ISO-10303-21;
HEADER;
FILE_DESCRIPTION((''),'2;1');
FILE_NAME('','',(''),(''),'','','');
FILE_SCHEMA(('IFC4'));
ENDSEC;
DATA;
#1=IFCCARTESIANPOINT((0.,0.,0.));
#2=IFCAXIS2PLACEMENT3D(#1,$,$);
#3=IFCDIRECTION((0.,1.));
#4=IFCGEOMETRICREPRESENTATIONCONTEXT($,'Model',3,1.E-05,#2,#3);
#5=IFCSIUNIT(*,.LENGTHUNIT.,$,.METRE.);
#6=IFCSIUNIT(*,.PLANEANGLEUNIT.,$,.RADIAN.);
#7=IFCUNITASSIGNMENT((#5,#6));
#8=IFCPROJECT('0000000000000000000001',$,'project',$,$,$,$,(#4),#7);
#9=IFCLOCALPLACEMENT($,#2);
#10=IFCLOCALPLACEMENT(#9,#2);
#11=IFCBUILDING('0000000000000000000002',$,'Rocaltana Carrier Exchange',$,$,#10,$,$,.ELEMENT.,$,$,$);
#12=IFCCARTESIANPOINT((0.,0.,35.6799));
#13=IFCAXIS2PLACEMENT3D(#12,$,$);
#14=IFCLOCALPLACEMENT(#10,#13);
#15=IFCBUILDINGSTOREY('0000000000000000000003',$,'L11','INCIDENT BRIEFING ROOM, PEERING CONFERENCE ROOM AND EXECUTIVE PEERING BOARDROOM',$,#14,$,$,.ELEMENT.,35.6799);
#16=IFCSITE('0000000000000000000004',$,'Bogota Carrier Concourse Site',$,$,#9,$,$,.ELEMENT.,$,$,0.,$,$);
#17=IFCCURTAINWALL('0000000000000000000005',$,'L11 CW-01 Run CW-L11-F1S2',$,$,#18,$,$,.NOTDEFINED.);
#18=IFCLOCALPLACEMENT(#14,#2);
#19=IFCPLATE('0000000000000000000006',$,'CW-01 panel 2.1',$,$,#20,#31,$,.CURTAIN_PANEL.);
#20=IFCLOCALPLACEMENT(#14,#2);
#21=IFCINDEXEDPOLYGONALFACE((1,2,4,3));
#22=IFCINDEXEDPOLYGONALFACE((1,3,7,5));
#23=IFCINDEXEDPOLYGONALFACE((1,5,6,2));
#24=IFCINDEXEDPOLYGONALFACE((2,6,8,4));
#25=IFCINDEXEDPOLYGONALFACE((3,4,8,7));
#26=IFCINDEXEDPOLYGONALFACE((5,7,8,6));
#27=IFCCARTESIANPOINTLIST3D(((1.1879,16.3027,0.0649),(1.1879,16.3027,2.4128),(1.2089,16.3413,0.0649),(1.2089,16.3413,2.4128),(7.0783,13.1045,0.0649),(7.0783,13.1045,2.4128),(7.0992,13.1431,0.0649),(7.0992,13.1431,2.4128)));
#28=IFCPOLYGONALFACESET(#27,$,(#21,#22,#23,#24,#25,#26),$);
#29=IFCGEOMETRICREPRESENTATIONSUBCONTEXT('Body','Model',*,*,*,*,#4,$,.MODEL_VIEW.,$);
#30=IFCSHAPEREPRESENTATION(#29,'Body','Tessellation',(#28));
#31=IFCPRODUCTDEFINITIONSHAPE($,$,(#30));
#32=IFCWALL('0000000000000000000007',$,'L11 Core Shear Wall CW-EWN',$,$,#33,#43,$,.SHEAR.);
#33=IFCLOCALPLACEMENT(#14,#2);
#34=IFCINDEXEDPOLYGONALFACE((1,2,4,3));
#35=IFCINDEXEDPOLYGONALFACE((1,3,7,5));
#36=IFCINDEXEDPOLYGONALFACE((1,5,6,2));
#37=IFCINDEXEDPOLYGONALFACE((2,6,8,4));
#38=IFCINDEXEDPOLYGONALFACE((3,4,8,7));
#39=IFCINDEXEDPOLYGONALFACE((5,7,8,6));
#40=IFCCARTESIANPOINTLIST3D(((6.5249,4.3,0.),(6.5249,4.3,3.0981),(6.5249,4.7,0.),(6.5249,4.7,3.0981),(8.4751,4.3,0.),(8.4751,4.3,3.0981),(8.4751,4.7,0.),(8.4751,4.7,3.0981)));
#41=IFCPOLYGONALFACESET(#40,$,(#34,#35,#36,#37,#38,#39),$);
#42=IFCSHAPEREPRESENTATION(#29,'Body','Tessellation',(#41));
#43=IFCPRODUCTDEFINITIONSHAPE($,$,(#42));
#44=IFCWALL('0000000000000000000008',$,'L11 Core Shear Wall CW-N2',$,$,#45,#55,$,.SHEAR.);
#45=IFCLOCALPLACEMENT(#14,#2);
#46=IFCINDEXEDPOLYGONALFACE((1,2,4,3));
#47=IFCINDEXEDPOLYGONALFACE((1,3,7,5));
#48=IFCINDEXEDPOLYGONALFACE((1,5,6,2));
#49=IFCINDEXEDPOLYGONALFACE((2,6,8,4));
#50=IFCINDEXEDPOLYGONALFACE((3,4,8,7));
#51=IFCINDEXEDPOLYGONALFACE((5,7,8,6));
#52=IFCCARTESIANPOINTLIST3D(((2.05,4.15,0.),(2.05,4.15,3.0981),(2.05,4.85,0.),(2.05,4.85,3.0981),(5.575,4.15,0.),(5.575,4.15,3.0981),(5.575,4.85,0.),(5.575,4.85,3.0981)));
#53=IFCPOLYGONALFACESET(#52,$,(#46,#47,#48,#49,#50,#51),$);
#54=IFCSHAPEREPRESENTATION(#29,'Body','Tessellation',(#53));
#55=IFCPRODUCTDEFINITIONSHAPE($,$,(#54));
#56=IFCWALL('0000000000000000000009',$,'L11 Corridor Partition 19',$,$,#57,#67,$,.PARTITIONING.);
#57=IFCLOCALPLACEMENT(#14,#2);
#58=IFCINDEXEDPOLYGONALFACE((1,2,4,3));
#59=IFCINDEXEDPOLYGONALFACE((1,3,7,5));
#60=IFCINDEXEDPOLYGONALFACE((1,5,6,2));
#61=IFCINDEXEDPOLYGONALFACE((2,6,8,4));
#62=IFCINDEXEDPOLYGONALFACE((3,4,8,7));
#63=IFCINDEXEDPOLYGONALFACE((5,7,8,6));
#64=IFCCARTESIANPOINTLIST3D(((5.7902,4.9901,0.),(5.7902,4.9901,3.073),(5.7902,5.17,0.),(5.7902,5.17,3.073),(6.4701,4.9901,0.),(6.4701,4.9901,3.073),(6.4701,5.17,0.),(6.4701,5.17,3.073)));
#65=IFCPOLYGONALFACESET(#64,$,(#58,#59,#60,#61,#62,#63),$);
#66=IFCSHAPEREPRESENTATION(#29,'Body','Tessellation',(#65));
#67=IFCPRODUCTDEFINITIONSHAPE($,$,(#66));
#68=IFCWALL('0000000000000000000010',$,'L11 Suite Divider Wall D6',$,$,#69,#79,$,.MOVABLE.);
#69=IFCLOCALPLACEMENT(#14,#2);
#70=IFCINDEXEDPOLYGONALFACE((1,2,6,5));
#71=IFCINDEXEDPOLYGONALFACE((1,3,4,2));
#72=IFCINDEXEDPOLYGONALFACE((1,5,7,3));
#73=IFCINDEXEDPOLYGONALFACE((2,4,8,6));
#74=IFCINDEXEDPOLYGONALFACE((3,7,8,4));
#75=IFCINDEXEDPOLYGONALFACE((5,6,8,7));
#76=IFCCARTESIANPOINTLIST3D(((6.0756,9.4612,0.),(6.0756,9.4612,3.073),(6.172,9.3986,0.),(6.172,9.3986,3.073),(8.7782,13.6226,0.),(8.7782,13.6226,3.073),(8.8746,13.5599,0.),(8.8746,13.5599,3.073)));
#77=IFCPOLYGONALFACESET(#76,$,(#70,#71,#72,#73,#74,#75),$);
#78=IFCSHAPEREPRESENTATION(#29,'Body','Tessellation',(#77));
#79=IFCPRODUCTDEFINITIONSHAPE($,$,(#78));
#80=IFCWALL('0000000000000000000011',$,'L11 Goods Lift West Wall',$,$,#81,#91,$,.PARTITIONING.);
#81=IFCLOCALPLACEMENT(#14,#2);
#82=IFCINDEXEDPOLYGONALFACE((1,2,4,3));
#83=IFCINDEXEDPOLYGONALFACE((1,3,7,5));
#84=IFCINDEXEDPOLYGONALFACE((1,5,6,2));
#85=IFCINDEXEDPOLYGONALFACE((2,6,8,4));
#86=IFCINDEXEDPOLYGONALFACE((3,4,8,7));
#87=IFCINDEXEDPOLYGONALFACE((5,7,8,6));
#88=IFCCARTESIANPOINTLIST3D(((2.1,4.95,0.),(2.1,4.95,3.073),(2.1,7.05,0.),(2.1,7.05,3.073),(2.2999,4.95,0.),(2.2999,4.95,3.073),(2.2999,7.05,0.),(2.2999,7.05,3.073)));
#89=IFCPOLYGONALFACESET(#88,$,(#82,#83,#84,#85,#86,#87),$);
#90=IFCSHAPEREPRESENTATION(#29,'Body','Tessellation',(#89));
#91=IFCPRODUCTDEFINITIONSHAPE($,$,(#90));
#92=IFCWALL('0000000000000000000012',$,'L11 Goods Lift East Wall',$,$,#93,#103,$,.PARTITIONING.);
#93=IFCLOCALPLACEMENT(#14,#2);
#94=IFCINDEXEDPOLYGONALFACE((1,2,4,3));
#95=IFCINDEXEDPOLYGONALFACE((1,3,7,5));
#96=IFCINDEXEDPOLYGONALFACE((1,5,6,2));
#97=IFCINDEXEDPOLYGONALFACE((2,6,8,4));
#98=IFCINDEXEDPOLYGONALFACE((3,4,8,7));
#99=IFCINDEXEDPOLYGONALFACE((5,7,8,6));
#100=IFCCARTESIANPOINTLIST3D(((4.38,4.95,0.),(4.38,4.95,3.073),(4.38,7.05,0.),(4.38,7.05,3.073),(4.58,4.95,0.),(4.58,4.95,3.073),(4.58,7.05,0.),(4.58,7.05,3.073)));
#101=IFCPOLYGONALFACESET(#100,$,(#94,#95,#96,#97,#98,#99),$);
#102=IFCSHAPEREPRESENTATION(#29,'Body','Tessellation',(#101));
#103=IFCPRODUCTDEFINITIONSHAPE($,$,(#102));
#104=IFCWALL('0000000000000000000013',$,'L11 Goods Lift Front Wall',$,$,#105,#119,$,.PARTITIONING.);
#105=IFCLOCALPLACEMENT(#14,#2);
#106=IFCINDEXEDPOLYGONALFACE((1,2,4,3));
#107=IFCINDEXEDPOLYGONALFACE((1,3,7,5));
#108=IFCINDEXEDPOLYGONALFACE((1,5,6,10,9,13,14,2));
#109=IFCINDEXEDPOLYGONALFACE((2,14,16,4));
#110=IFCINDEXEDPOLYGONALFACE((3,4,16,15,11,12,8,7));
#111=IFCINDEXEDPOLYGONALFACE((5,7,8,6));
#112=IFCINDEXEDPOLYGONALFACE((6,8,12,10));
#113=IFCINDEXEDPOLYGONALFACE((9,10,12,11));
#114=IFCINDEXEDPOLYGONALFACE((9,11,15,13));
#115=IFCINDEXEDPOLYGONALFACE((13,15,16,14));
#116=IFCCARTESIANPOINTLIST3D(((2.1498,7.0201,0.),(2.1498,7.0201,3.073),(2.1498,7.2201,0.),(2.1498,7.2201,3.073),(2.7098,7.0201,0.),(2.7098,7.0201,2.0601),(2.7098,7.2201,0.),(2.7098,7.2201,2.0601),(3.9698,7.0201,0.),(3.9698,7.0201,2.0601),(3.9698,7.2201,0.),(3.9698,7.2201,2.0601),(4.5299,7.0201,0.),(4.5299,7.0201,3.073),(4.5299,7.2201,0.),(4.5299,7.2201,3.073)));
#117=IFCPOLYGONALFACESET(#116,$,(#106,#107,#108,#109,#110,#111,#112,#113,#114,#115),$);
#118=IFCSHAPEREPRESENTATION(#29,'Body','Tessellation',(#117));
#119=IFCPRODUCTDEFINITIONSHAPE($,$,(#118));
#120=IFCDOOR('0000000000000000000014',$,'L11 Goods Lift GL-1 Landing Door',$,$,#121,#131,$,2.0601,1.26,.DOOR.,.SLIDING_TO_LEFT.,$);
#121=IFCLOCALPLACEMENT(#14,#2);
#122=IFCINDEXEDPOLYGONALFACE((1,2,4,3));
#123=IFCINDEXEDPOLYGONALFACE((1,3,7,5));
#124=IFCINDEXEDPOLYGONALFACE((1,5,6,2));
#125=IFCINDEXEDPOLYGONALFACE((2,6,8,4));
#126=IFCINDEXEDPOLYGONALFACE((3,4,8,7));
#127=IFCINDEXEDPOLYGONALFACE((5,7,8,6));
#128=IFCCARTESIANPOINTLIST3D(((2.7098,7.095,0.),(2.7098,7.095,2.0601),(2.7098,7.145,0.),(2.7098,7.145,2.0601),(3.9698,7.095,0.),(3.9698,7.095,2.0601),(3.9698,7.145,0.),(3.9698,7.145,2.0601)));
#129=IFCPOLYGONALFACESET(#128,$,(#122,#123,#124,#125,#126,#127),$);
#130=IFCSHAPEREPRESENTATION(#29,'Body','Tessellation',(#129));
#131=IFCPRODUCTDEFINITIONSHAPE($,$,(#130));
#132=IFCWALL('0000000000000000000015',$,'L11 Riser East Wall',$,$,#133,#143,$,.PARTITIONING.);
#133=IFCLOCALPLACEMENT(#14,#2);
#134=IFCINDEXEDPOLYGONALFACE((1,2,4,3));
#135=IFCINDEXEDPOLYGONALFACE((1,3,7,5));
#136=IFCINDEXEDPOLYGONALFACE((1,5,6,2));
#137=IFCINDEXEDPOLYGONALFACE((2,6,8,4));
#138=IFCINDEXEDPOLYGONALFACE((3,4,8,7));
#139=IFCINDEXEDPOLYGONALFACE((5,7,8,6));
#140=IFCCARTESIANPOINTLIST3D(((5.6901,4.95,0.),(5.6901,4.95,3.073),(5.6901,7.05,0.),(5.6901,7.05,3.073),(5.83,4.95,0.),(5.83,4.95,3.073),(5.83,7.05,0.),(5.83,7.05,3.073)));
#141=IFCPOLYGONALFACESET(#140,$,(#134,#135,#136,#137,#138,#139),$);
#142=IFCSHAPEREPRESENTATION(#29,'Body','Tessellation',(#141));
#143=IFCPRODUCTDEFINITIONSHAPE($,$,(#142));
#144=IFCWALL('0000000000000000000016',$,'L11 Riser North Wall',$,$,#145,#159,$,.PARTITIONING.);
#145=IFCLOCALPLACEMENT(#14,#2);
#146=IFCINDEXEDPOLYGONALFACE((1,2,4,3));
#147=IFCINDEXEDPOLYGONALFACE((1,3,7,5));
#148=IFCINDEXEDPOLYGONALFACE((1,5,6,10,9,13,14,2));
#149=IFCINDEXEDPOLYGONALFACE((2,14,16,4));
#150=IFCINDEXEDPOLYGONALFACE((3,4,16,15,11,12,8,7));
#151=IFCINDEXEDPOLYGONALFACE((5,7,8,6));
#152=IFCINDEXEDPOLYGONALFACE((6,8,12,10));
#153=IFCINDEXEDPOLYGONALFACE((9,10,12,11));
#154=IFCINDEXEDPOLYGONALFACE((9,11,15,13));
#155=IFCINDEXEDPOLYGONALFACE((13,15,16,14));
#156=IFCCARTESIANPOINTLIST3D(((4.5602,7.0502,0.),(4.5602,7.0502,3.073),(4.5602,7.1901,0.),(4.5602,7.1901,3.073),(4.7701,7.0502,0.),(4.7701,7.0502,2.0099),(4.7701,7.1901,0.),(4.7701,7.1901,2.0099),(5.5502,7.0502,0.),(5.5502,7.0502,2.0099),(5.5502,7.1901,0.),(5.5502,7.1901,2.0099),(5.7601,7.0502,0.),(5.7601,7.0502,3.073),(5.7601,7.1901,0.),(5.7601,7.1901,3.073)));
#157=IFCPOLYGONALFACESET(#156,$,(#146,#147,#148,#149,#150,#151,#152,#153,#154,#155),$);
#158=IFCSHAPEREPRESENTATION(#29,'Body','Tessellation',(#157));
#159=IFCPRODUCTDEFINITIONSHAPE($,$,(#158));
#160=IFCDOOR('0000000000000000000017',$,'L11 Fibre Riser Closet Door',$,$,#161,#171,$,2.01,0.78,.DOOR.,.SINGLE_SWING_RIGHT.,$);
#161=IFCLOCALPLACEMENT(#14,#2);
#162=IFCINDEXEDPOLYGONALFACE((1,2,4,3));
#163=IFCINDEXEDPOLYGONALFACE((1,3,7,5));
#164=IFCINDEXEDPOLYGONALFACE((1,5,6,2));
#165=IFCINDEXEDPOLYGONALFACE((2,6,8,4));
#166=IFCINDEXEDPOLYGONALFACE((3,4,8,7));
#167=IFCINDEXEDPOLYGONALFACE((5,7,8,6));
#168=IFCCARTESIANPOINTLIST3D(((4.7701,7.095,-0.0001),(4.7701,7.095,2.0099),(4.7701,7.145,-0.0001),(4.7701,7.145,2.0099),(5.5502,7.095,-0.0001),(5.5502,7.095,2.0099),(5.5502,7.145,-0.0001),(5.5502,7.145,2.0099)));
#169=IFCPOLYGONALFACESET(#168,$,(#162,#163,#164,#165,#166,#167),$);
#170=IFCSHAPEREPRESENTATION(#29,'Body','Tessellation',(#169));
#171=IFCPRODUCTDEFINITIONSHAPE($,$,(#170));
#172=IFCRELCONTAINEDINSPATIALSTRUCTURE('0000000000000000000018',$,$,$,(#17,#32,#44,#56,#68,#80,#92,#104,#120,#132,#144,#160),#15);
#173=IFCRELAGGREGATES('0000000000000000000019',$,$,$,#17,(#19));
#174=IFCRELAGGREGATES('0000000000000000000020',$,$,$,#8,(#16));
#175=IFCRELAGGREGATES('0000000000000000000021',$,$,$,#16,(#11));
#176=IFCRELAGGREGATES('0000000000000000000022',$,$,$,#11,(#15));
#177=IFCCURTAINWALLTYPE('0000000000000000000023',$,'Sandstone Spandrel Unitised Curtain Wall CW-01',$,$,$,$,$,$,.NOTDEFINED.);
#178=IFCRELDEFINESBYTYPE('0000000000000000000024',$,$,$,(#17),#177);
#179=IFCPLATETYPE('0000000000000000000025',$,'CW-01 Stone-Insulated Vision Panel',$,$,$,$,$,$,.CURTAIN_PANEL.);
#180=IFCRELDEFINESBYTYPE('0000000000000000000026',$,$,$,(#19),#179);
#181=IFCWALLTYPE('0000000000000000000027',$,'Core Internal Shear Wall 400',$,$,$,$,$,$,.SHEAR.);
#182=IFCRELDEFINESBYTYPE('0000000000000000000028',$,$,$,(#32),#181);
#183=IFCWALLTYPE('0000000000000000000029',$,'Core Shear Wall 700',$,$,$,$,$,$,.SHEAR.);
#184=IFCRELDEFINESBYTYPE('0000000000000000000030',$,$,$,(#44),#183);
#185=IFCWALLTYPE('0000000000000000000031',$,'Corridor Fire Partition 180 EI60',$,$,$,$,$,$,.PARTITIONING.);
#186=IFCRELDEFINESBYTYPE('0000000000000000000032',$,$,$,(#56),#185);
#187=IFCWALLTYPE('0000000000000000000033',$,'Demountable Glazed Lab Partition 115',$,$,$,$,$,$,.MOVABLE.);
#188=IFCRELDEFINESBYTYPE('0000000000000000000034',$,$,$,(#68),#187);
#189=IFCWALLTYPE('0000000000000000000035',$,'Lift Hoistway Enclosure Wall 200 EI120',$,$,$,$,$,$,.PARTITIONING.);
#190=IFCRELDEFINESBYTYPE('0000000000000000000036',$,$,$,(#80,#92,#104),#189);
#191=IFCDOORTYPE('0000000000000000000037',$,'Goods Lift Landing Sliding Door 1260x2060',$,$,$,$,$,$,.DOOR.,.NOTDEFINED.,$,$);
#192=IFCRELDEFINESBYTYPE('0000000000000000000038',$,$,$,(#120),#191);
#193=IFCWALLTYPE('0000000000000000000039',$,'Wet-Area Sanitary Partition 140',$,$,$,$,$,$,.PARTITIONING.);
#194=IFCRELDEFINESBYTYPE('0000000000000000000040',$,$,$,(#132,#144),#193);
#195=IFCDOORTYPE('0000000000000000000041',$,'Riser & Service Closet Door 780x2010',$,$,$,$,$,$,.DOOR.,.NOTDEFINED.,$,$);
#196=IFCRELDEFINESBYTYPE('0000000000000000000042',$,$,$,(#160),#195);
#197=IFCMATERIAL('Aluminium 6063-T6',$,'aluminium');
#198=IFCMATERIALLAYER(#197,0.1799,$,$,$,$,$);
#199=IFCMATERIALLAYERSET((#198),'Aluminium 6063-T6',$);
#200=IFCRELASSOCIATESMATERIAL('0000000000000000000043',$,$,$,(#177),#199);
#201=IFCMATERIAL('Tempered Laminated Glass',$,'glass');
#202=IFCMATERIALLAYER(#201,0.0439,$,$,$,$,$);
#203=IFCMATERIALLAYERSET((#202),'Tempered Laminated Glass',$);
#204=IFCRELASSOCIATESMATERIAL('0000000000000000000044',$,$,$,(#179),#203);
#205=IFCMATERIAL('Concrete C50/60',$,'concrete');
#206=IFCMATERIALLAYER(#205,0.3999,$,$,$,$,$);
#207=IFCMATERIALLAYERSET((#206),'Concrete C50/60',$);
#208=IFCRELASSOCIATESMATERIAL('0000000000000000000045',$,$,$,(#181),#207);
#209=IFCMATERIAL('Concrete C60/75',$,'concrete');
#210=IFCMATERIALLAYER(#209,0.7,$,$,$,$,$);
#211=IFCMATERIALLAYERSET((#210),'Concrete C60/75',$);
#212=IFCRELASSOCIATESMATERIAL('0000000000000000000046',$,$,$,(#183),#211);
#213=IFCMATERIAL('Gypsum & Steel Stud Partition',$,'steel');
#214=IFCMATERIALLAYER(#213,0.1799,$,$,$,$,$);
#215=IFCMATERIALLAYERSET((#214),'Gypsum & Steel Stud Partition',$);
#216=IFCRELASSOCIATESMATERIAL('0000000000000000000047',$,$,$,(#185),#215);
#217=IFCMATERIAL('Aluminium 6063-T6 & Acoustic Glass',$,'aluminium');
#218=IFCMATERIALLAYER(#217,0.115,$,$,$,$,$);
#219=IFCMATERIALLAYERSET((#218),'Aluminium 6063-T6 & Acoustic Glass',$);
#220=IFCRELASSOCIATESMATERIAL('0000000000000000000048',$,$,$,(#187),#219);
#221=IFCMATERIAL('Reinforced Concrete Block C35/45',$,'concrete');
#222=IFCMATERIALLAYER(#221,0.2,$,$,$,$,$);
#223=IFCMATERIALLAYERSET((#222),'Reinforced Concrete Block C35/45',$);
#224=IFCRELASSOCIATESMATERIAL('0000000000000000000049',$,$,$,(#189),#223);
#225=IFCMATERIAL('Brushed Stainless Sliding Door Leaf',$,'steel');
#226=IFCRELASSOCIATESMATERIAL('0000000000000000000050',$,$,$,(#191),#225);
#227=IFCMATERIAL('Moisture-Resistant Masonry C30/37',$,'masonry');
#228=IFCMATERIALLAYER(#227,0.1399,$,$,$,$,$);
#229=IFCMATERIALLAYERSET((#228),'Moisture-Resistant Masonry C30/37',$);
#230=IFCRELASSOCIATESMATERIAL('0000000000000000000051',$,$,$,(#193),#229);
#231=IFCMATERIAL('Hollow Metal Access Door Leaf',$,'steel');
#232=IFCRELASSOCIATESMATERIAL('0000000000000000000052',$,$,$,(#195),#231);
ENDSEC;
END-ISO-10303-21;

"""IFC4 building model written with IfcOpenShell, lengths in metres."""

from ifc_helpers import new_model, si_unit, direction, frame, frame_2d, origin, origin_2d, place, context, subcontext, project, spatial, rectangle, extrude, material, layer, layer_set, type_object, element, fill, aggregate, save


model = new_model("IFC4")

# Units and contexts
model_context = context("Model", 3, precision=1e-05, world=origin(), true_north=direction((0.0, 1.0)))
body_context = subcontext(model_context, "Body", "Model", "MODEL_VIEW")
ifc_project = project(units=[si_unit("LENGTHUNIT", "METRE"), si_unit("PLANEANGLEUNIT", "RADIAN")], contexts=[model_context])

# Site, building, storey
site_placement = place(None, origin())
site = spatial("IfcSite", under=ifc_project, at=site_placement, Name="Bogota Carrier Concourse Site", CompositionType="ELEMENT", RefElevation=0.0)
building_placement = place(site_placement, origin())
building = spatial("IfcBuilding", under=site, at=building_placement, Name="Rocaltana Carrier Exchange", CompositionType="ELEMENT")
storey_placement = place(building_placement, frame((0.0, 0.0, 35.6799)))
storey = spatial("IfcBuildingStorey", under=building, at=storey_placement, Name="L11", Description="INCIDENT BRIEFING ROOM, PEERING CONFERENCE ROOM AND EXECUTIVE PEERING BOARDROOM", CompositionType="ELEMENT", Elevation=35.6799)

# Curtain wall
ifc_material_1 = material(Name="Aluminium 6063-T6", Category="aluminium")
ifc_layer_1 = layer(ifc_material_1, 0.1799)
ifc_layer_set_1 = layer_set([ifc_layer_1], Name="Aluminium 6063-T6")
curtain_wall_type = type_object("IfcCurtainWallType", Name="Sandstone Spandrel Unitised Curtain Wall CW-01", PredefinedType="NOTDEFINED", material=ifc_layer_set_1)
curtain_wall_placement = place(storey_placement, origin())
curtain_wall = element("IfcCurtainWall", 1, at=curtain_wall_placement, inside=storey, type_object=curtain_wall_type, Name="L11 CW-01 Run CW-L11-F1S2", PredefinedType="NOTDEFINED")

# Plate
ifc_material_2 = material(Name="Tempered Laminated Glass", Category="glass")
ifc_layer_2 = layer(ifc_material_2, 0.0439)
ifc_layer_set_2 = layer_set([ifc_layer_2], Name="Tempered Laminated Glass")
plate_type = type_object("IfcPlateType", Name="CW-01 Stone-Insulated Vision Panel", PredefinedType="CURTAIN_PANEL", material=ifc_layer_set_2)
plate_placement = place(storey_placement, frame((4.1436, 14.7229, 0.0649), z_axis=(0.0, 0.0, 1.0), x_axis=(-0.878814, 0.477164, 0.0)))
plate = element("IfcPlate", 2, at=plate_placement, type_object=plate_type, Name="CW-01 panel 2.1", PredefinedType="CURTAIN_PANEL", context=body_context, shape_type="SweptSolid", body=[
    extrude(rectangle(XDim=6.7026, YDim=0.0439, at=origin_2d()), origin(), (0.0, 0.0, 1.0), 2.3479),
])
aggregate(curtain_wall, [plate])

# Walls
ifc_material_3 = material(Name="Concrete C50/60", Category="concrete")
ifc_layer_3 = layer(ifc_material_3, 0.3999)
ifc_layer_set_3 = layer_set([ifc_layer_3], Name="Concrete C50/60")
wall_type_1 = type_object("IfcWallType", Name="Core Internal Shear Wall 400", PredefinedType="SHEAR", material=ifc_layer_set_3)
wall_1_placement = place(storey_placement, frame((6.5249, 4.5, 0.0), z_axis=(0.0, 0.0, 1.0), x_axis=(1.0, 0.0, 0.0)))
element("IfcWall", 3, at=wall_1_placement, inside=storey, type_object=wall_type_1, Name="L11 Core Shear Wall CW-EWN", PredefinedType="SHEAR", context=body_context, shape_type="SweptSolid", body=[
    extrude(rectangle(XDim=1.9502, YDim=0.3999, at=frame_2d((0.9751, 0.0))), origin(), (0.0, 0.0, 1.0), 3.0981),
])
ifc_material_4 = material(Name="Concrete C60/75", Category="concrete")
ifc_layer_4 = layer(ifc_material_4, 0.7)
ifc_layer_set_4 = layer_set([ifc_layer_4], Name="Concrete C60/75")
wall_type_2 = type_object("IfcWallType", Name="Core Shear Wall 700", PredefinedType="SHEAR", material=ifc_layer_set_4)
wall_2_placement = place(storey_placement, frame((2.05, 4.5, 0.0), z_axis=(0.0, 0.0, 1.0), x_axis=(1.0, 0.0, 0.0)))
element("IfcWall", 4, at=wall_2_placement, inside=storey, type_object=wall_type_2, Name="L11 Core Shear Wall CW-N2", PredefinedType="SHEAR", context=body_context, shape_type="SweptSolid", body=[
    extrude(rectangle(XDim=3.5249, YDim=0.7, at=frame_2d((1.7625, 0.0))), origin(), (0.0, 0.0, 1.0), 3.0981),
])
ifc_material_5 = material(Name="Gypsum & Steel Stud Partition", Category="steel")
ifc_layer_5 = layer(ifc_material_5, 0.1799)
ifc_layer_set_5 = layer_set([ifc_layer_5], Name="Gypsum & Steel Stud Partition")
wall_type_3 = type_object("IfcWallType", Name="Corridor Fire Partition 180 EI60", PredefinedType="PARTITIONING", material=ifc_layer_set_5)
wall_3_placement = place(storey_placement, frame((6.47, 5.0801, 0.0), z_axis=(0.0, 0.0, 1.0), x_axis=(-1.0, 0.0, 0.0)))
element("IfcWall", 5, at=wall_3_placement, inside=storey, type_object=wall_type_3, Name="L11 Corridor Partition 19", PredefinedType="PARTITIONING", context=body_context, shape_type="SweptSolid", body=[
    extrude(rectangle(XDim=0.6799, YDim=0.1799, at=frame_2d((0.3398, 0.0))), origin(), (0.0, 0.0, 1.0), 3.073),
])
ifc_material_6 = material(Name="Aluminium 6063-T6 & Acoustic Glass", Category="aluminium")
ifc_layer_6 = layer(ifc_material_6, 0.115)
ifc_layer_set_6 = layer_set([ifc_layer_6], Name="Aluminium 6063-T6 & Acoustic Glass")
wall_type_4 = type_object("IfcWallType", Name="Demountable Glazed Lab Partition 115", PredefinedType="MOVABLE", material=ifc_layer_set_6)
wall_4_placement = place(storey_placement, frame((6.1238, 9.4299, 0.0), z_axis=(0.0, 0.0, 1.0), x_axis=(0.544668, 0.838652, 0.0)))
element("IfcWall", 6, at=wall_4_placement, inside=storey, type_object=wall_type_4, Name="L11 Suite Divider Wall D6", PredefinedType="MOVABLE", context=body_context, shape_type="SweptSolid", body=[
    extrude(rectangle(XDim=4.9619, YDim=0.115, at=frame_2d((2.481, 0.0))), origin(), (0.0, 0.0, 1.0), 3.073),
])
ifc_material_7 = material(Name="Reinforced Concrete Block C35/45", Category="concrete")
ifc_layer_7 = layer(ifc_material_7, 0.2)
ifc_layer_set_7 = layer_set([ifc_layer_7], Name="Reinforced Concrete Block C35/45")
wall_type_5 = type_object("IfcWallType", Name="Lift Hoistway Enclosure Wall 200 EI120", PredefinedType="PARTITIONING", material=ifc_layer_set_7)
for number, where, z_axis, x_axis, name in (
    (7, (2.2, 4.95, 0.0), (0.0, 0.0, 1.0), (0.0, 1.0, 0.0), "L11 Goods Lift West Wall"),
    (8, (4.48, 4.95, 0.0), (0.0, 0.0, 1.0), (0.0, 1.0, 0.0), "L11 Goods Lift East Wall"),
):
    element("IfcWall", number, at=place(storey_placement, frame(where, z_axis=z_axis, x_axis=x_axis)), inside=storey, type_object=wall_type_5, Name=name, PredefinedType="PARTITIONING", context=body_context, shape_type="SweptSolid", body=[
        extrude(rectangle(XDim=2.1001, YDim=0.2, at=frame_2d((1.05, 0.0))), origin(), (0.0, 0.0, 1.0), 3.073),
    ])

# Wall, opening, door
wall_5_placement = place(storey_placement, frame((2.1499, 7.1201, 0.0), z_axis=(0.0, 0.0, 1.0), x_axis=(1.0, 0.0, 0.0)))
wall_5 = element("IfcWall", 9, at=wall_5_placement, inside=storey, type_object=wall_type_5, Name="L11 Goods Lift Front Wall", PredefinedType="PARTITIONING", context=body_context, shape_type="SweptSolid", body=[
    extrude(rectangle(XDim=2.3801, YDim=0.2, at=frame_2d((1.1899, 0.0))), origin(), (0.0, 0.0, 1.0), 3.073),
])
opening_1_placement = place(wall_5_placement, frame((0.5601, 0.0, 0.0)))
opening_1 = element("IfcOpeningElement", 10, at=opening_1_placement, cuts=wall_5, PredefinedType="OPENING", context=body_context, shape_type="SweptSolid", body=[
    extrude(rectangle(XDim=1.26, YDim=2.0601, at=frame_2d((0.6299, 1.03))), frame((0.0, 0.1099, 0.0), z_axis=(0.0, -1.0, 0.0), x_axis=(1.0, 0.0, 0.0)), (0.0, 0.0, 1.0), 0.22),
])
ifc_material_8 = material(Name="Brushed Stainless Sliding Door Leaf", Category="steel")
door_type_1 = type_object("IfcDoorType", Name="Goods Lift Landing Sliding Door 1260x2060", OperationType="NOTDEFINED", PredefinedType="DOOR", material=ifc_material_8)
door_1_placement = place(opening_1_placement, origin())
door_1 = element("IfcDoor", 11, at=door_1_placement, inside=storey, type_object=door_type_1, Name="L11 Goods Lift GL-1 Landing Door", OperationType="SLIDING_TO_LEFT", OverallHeight=2.0601, OverallWidth=1.26, PredefinedType="DOOR", context=body_context, shape_type="SweptSolid", body=[
    extrude(rectangle(XDim=1.26, YDim=2.0601, at=frame_2d((0.6299, 1.03))), frame((0.0, 0.0249, 0.0), z_axis=(0.0, -1.0, 0.0), x_axis=(1.0, 0.0, 0.0)), (0.0, 0.0, 1.0), 0.05),
])
fill(opening_1, door_1)

# Wall
ifc_material_9 = material(Name="Moisture-Resistant Masonry C30/37", Category="masonry")
ifc_layer_8 = layer(ifc_material_9, 0.1399)
ifc_layer_set_8 = layer_set([ifc_layer_8], Name="Moisture-Resistant Masonry C30/37")
wall_type_6 = type_object("IfcWallType", Name="Wet-Area Sanitary Partition 140", PredefinedType="PARTITIONING", material=ifc_layer_set_8)
wall_6_placement = place(storey_placement, frame((5.76, 4.95, 0.0), z_axis=(0.0, 0.0, 1.0), x_axis=(0.0, 1.0, 0.0)))
element("IfcWall", 12, at=wall_6_placement, inside=storey, type_object=wall_type_6, Name="L11 Riser East Wall", PredefinedType="PARTITIONING", context=body_context, shape_type="SweptSolid", body=[
    extrude(rectangle(XDim=2.1001, YDim=0.1399, at=frame_2d((1.05, 0.0))), origin(), (0.0, 0.0, 1.0), 3.073),
])

# Wall, opening, door
wall_7_placement = place(storey_placement, frame((4.5601, 7.1201, 0.0), z_axis=(0.0, 0.0, 1.0), x_axis=(1.0, 0.0, 0.0)))
wall_7 = element("IfcWall", 13, at=wall_7_placement, inside=storey, type_object=wall_type_6, Name="L11 Riser North Wall", PredefinedType="PARTITIONING", context=body_context, shape_type="SweptSolid", body=[
    extrude(rectangle(XDim=1.2, YDim=0.1399, at=frame_2d((0.6001, 0.0))), origin(), (0.0, 0.0, 1.0), 3.073),
])
opening_2_placement = place(wall_7_placement, frame((0.21, 0.0, 0.0)))
opening_2 = element("IfcOpeningElement", 14, at=opening_2_placement, cuts=wall_7, PredefinedType="OPENING", context=body_context, shape_type="SweptSolid", body=[
    extrude(rectangle(XDim=0.78, YDim=2.01, at=frame_2d((0.3901, 1.0049))), frame((0.0, 0.0798, 0.0), z_axis=(0.0, -1.0, 0.0), x_axis=(1.0, 0.0, 0.0)), (0.0, 0.0, 1.0), 0.1599),
])
ifc_material_10 = material(Name="Hollow Metal Access Door Leaf", Category="steel")
door_type_2 = type_object("IfcDoorType", Name="Riser & Service Closet Door 780x2010", OperationType="NOTDEFINED", PredefinedType="DOOR", material=ifc_material_10)
door_2_placement = place(opening_2_placement, origin())
door_2 = element("IfcDoor", 15, at=door_2_placement, inside=storey, type_object=door_type_2, Name="L11 Fibre Riser Closet Door", OperationType="SINGLE_SWING_RIGHT", OverallHeight=2.01, OverallWidth=0.78, PredefinedType="DOOR", context=body_context, shape_type="SweptSolid", body=[
    extrude(rectangle(XDim=0.78, YDim=2.01, at=frame_2d((0.3901, 1.0049))), frame((0.0, 0.0249, 0.0), z_axis=(0.0, -1.0, 0.0), x_axis=(1.0, 0.0, 0.0)), (0.0, 0.0, 1.0), 0.05),
])
fill(opening_2, door_2)

save(model, "model.ifc")
